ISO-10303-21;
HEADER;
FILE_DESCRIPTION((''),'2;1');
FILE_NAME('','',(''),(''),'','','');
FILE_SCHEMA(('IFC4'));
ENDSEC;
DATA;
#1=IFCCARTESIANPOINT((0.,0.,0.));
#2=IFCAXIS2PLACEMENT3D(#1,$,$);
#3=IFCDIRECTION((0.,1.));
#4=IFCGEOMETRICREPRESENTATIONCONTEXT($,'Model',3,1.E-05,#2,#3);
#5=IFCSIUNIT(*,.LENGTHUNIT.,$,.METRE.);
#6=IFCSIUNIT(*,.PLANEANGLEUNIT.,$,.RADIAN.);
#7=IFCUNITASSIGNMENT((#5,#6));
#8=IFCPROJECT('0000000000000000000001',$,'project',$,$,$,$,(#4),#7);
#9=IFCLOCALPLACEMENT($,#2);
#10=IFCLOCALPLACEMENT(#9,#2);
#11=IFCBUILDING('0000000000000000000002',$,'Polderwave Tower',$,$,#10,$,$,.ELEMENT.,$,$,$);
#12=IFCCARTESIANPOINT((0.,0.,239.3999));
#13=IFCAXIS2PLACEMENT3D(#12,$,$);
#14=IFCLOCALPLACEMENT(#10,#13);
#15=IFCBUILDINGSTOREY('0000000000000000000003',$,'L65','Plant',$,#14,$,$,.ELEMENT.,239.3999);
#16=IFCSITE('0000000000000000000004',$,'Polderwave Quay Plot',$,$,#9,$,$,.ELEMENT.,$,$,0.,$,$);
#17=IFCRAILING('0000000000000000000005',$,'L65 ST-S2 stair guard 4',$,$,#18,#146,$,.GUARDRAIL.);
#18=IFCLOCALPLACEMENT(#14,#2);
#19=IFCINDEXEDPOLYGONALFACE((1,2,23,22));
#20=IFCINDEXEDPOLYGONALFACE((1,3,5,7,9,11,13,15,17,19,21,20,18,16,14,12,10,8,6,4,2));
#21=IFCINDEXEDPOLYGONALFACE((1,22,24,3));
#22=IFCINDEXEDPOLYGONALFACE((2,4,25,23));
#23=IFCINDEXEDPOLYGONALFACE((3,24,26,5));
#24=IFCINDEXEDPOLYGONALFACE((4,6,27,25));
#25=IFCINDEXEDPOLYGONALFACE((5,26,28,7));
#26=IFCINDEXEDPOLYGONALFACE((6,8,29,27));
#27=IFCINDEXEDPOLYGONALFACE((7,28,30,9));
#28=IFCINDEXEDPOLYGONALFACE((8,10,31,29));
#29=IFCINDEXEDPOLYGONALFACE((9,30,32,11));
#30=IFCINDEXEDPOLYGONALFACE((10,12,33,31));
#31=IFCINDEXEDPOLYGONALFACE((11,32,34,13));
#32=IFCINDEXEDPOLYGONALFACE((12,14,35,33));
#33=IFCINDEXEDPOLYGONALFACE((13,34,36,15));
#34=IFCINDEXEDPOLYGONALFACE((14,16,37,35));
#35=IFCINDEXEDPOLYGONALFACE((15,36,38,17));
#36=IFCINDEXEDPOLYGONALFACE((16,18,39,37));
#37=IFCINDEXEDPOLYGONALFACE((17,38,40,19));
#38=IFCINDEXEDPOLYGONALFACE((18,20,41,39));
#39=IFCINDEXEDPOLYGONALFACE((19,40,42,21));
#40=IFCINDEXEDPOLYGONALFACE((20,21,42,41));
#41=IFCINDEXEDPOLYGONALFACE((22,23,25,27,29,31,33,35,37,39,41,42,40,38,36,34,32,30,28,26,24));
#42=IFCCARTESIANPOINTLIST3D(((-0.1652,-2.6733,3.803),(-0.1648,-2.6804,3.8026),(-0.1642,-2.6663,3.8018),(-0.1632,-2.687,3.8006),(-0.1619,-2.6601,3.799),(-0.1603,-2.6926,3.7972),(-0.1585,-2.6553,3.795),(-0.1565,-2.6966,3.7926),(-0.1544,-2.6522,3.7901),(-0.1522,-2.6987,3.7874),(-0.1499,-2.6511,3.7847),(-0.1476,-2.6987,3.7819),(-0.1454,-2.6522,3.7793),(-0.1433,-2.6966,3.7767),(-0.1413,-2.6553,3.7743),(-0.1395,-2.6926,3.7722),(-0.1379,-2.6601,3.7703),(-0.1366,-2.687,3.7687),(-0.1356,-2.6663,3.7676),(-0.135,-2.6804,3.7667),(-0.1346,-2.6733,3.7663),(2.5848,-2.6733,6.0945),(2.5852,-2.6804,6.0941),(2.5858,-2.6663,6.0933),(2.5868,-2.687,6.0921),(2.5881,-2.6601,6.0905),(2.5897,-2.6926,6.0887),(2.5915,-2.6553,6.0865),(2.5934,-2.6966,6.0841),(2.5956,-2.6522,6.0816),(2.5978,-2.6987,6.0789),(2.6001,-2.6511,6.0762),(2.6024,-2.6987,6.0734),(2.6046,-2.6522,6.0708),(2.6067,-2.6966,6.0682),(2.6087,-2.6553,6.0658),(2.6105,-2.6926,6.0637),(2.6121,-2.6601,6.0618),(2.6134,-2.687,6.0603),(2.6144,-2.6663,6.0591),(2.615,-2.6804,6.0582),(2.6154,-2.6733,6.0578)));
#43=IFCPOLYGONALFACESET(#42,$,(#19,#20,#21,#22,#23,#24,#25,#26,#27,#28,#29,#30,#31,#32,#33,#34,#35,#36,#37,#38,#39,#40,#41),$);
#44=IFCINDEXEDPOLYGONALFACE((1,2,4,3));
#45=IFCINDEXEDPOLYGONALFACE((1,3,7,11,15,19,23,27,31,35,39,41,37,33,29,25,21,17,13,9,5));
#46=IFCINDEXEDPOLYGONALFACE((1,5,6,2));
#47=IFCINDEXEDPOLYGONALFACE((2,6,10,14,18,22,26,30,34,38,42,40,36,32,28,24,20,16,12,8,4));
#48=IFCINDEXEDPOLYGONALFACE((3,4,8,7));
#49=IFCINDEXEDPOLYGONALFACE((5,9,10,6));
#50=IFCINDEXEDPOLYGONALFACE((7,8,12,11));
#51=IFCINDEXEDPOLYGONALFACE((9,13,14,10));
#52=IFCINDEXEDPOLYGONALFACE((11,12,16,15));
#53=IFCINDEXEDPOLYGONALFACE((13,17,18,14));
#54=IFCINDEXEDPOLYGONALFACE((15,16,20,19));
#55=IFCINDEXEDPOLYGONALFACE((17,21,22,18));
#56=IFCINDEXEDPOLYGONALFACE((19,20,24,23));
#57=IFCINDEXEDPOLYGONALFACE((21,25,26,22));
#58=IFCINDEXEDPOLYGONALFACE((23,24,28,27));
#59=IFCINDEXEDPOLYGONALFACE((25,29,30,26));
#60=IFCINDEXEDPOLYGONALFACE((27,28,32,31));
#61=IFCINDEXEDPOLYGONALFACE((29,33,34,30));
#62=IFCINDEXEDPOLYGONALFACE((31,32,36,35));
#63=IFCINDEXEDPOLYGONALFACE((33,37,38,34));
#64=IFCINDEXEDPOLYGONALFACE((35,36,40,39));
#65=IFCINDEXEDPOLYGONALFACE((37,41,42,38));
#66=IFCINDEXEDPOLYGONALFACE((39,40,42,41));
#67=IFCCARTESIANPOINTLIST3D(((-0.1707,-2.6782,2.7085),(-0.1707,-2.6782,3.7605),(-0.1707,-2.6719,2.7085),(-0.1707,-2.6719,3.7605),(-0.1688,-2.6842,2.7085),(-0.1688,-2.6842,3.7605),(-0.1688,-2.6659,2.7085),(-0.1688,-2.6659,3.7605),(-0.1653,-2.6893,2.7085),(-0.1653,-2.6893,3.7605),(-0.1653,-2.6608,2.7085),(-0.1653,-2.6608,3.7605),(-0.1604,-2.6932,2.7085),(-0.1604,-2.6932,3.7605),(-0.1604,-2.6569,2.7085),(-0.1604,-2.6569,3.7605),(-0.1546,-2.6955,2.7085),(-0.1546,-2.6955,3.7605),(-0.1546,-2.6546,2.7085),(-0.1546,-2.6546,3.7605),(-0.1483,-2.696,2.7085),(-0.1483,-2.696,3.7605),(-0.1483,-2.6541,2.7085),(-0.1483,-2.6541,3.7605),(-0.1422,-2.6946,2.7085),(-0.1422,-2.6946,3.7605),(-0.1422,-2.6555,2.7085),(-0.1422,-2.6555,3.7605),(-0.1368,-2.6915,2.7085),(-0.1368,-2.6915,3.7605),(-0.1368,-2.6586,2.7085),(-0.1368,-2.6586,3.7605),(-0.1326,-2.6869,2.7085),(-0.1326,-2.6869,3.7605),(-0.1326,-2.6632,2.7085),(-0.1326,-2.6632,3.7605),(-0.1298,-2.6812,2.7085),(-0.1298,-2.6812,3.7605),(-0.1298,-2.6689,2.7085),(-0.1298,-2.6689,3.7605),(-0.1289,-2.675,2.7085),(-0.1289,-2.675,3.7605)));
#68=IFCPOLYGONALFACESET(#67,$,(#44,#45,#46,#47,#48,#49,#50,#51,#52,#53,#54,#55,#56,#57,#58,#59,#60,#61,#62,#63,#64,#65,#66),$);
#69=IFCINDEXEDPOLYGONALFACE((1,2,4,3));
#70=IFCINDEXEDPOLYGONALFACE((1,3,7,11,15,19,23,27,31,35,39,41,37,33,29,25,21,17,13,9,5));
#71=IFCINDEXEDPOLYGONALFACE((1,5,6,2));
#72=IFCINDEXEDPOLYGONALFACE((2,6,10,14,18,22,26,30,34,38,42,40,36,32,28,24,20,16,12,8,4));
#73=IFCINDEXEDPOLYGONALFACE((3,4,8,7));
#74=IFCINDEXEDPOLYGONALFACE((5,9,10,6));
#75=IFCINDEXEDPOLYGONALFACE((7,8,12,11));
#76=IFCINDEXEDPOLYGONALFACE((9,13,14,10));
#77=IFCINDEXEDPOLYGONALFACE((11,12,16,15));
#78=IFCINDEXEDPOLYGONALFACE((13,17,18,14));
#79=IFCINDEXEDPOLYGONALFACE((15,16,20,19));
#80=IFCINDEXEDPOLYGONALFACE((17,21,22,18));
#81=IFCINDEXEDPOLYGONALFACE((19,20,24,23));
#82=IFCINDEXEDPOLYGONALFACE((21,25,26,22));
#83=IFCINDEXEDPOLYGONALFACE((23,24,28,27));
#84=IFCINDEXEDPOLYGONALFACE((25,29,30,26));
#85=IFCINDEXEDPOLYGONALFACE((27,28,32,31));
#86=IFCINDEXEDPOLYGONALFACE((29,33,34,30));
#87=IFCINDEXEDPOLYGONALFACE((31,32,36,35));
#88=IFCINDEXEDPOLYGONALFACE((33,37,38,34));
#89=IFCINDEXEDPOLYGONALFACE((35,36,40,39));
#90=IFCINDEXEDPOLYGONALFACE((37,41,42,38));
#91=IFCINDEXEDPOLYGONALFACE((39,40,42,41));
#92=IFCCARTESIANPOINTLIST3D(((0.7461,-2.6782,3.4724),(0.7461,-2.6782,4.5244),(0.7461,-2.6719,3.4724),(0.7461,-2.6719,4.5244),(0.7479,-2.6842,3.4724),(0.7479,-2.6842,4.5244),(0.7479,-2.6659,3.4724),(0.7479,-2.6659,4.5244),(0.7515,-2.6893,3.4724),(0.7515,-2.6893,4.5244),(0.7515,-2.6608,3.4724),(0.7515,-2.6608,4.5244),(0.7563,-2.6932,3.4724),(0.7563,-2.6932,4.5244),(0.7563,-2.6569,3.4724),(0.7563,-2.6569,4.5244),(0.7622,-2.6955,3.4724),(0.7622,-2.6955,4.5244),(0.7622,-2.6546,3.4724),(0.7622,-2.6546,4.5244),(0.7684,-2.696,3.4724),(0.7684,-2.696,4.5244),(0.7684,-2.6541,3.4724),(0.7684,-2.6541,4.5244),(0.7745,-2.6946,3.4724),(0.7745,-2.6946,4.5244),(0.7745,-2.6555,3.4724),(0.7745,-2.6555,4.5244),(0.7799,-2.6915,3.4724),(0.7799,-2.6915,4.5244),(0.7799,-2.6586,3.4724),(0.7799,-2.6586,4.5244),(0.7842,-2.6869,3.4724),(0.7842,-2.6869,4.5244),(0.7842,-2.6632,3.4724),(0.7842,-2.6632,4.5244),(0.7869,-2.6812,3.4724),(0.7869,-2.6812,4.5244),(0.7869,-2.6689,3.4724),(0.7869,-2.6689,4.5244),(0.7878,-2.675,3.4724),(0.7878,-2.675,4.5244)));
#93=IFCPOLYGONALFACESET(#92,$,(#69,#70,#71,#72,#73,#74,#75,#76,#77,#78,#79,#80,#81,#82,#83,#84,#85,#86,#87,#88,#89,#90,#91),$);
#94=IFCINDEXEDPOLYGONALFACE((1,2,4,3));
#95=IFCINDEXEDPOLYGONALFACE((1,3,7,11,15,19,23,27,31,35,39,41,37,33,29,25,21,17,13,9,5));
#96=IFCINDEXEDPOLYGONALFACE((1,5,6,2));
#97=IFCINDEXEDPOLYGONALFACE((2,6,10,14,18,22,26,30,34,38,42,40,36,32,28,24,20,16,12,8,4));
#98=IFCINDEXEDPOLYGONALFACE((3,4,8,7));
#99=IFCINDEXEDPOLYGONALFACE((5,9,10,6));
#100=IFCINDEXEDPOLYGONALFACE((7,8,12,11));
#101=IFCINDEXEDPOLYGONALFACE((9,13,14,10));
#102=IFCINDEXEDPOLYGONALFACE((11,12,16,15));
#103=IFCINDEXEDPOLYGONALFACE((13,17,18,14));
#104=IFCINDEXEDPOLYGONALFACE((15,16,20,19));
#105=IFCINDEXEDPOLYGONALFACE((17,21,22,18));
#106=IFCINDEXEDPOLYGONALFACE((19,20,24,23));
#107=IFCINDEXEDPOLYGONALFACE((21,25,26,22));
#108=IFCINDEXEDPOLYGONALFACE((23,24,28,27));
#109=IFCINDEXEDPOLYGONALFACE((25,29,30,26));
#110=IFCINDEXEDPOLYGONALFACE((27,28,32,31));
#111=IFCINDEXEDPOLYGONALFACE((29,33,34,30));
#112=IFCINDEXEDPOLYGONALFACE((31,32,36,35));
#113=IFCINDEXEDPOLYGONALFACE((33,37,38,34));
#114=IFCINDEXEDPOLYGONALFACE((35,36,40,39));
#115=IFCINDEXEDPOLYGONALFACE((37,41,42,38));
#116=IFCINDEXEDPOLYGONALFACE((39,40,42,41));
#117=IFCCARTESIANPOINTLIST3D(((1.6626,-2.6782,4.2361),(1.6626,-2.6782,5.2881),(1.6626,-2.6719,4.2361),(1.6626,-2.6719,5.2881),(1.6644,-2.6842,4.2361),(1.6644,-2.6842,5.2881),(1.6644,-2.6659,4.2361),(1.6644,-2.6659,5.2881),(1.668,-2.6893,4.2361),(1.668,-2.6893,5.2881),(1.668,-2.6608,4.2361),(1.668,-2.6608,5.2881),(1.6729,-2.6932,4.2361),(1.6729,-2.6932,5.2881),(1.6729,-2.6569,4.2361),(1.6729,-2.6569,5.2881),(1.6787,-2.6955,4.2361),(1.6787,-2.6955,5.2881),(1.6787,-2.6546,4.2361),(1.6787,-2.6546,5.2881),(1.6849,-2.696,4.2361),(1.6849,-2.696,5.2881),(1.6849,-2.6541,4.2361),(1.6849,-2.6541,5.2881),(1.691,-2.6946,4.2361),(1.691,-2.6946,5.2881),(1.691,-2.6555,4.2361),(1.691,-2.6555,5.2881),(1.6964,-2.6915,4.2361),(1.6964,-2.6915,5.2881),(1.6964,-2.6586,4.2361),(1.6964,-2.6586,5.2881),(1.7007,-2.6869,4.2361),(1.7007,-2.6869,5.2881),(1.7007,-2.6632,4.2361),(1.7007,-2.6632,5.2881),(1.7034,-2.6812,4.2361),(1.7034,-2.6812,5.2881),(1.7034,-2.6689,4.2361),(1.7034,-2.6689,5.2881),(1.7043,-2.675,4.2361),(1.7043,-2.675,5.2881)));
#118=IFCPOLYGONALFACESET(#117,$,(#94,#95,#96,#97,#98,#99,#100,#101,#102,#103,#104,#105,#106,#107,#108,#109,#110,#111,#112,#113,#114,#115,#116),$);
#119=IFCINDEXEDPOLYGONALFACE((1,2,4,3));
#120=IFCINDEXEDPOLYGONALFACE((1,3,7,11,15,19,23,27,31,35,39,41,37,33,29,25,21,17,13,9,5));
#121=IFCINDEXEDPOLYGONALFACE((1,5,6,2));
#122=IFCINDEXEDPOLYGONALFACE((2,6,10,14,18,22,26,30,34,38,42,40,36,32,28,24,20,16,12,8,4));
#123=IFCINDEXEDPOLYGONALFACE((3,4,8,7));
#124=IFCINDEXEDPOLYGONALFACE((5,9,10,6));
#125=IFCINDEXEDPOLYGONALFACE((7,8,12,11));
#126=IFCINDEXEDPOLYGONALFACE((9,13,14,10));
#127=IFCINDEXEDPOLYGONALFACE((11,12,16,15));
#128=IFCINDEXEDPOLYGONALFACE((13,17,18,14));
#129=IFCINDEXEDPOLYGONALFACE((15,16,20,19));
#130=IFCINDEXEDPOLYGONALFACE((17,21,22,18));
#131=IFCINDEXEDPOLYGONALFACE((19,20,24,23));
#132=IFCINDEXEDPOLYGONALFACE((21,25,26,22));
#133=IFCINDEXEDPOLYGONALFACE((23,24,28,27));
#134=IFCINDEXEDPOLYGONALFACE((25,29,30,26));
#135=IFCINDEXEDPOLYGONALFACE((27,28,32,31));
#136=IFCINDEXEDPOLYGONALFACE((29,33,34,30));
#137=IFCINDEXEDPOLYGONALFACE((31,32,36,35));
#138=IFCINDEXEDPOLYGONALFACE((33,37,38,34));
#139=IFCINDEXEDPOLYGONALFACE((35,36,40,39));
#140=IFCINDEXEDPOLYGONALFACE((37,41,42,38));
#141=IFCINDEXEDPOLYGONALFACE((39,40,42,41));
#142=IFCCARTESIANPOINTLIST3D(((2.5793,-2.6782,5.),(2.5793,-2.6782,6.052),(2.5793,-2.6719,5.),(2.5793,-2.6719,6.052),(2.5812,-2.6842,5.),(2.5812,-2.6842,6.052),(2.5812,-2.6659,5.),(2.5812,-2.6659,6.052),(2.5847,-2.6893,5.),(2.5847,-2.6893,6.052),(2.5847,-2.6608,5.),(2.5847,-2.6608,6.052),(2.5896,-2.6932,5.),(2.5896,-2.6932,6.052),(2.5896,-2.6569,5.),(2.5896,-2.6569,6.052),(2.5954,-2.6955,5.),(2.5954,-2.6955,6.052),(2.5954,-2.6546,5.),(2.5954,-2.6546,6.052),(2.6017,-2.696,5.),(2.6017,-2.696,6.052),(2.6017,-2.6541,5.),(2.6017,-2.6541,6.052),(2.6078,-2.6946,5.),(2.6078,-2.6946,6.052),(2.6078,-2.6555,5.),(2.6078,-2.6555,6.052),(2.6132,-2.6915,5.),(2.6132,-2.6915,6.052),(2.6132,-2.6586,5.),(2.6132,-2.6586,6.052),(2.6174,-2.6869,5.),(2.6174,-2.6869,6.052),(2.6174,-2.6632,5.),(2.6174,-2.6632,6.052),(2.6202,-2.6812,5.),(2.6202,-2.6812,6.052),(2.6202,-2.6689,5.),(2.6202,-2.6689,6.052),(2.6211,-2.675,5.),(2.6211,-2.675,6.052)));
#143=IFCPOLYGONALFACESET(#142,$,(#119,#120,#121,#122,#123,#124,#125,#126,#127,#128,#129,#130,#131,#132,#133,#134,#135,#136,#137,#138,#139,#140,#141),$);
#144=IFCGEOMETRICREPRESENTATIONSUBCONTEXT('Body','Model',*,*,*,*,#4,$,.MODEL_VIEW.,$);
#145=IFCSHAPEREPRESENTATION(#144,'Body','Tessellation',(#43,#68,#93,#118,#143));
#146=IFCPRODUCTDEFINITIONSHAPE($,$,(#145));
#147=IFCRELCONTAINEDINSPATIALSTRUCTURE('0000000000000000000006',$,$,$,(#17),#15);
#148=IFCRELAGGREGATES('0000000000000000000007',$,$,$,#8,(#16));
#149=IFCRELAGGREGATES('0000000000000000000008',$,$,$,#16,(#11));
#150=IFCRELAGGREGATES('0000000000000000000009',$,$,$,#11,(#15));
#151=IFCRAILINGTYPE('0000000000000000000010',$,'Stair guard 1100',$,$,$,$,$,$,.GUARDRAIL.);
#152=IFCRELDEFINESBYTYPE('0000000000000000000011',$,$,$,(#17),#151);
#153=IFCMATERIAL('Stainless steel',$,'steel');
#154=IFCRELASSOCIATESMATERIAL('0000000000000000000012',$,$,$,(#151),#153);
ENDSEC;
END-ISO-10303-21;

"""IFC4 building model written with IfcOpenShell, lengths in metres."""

from ifc_helpers import new_model, si_unit, direction, frame, origin, origin_2d, place, context, subcontext, project, spatial, circle, extrude, material, type_object, element, save


model = new_model("IFC4")

# Units and contexts
model_context = context("Model", 3, precision=1e-05, world=origin(), true_north=direction((0.0, 1.0)))
body_context = subcontext(model_context, "Body", "Model", "MODEL_VIEW")
ifc_project = project(units=[si_unit("LENGTHUNIT", "METRE"), si_unit("PLANEANGLEUNIT", "RADIAN")], contexts=[model_context])

# Site, building, storey
site_placement = place(None, origin())
site = spatial("IfcSite", under=ifc_project, at=site_placement, Name="Polderwave Quay Plot", CompositionType="ELEMENT", RefElevation=0.0)
building_placement = place(site_placement, origin())
building = spatial("IfcBuilding", under=site, at=building_placement, Name="Polderwave Tower", CompositionType="ELEMENT")
storey_placement = place(building_placement, frame((0.0, 0.0, 239.3999)))
storey = spatial("IfcBuildingStorey", under=building, at=storey_placement, Name="L65", Description="Plant", CompositionType="ELEMENT", Elevation=239.3999)

# Shared definitions
ifc_material_1 = material(Name="Stainless steel", Category="steel")

# Railing
railing_type_1 = type_object("IfcRailingType", Name="Stair guard 1100", PredefinedType="GUARDRAIL", material=ifc_material_1)
railing_1_placement = place(storey_placement, frame((-0.1499, -2.675, 2.7085)))
element("IfcRailing", 1, at=railing_1_placement, inside=storey, type_object=railing_type_1, Name="L65 ST-S2 stair guard 4", PredefinedType="GUARDRAIL", context=body_context, shape_type="SweptSolid", body=[
    extrude(circle(Radius=0.0239, at=origin_2d()), frame((0.0, 0.0, 1.0762), z_axis=(0.768244, 0.0, 0.640158), x_axis=(0.0, 1.0, 0.0)), (0.0, 0.0, 1.0), 3.5796),
    extrude(circle(Radius=0.021, at=origin_2d()), origin(), (0.0, 0.0, 1.0), 1.052),
    extrude(circle(Radius=0.021, at=origin_2d()), frame((0.9167, 0.0, 0.7639)), (0.0, 0.0, 1.0), 1.052),
    extrude(circle(Radius=0.021, at=origin_2d()), frame((1.8333, 0.0, 1.5276)), (0.0, 0.0, 1.0), 1.052),
    extrude(circle(Radius=0.021, at=origin_2d()), frame((2.75, 0.0, 2.2915)), (0.0, 0.0, 1.0), 1.052),
])

save(model, "model.ifc")
